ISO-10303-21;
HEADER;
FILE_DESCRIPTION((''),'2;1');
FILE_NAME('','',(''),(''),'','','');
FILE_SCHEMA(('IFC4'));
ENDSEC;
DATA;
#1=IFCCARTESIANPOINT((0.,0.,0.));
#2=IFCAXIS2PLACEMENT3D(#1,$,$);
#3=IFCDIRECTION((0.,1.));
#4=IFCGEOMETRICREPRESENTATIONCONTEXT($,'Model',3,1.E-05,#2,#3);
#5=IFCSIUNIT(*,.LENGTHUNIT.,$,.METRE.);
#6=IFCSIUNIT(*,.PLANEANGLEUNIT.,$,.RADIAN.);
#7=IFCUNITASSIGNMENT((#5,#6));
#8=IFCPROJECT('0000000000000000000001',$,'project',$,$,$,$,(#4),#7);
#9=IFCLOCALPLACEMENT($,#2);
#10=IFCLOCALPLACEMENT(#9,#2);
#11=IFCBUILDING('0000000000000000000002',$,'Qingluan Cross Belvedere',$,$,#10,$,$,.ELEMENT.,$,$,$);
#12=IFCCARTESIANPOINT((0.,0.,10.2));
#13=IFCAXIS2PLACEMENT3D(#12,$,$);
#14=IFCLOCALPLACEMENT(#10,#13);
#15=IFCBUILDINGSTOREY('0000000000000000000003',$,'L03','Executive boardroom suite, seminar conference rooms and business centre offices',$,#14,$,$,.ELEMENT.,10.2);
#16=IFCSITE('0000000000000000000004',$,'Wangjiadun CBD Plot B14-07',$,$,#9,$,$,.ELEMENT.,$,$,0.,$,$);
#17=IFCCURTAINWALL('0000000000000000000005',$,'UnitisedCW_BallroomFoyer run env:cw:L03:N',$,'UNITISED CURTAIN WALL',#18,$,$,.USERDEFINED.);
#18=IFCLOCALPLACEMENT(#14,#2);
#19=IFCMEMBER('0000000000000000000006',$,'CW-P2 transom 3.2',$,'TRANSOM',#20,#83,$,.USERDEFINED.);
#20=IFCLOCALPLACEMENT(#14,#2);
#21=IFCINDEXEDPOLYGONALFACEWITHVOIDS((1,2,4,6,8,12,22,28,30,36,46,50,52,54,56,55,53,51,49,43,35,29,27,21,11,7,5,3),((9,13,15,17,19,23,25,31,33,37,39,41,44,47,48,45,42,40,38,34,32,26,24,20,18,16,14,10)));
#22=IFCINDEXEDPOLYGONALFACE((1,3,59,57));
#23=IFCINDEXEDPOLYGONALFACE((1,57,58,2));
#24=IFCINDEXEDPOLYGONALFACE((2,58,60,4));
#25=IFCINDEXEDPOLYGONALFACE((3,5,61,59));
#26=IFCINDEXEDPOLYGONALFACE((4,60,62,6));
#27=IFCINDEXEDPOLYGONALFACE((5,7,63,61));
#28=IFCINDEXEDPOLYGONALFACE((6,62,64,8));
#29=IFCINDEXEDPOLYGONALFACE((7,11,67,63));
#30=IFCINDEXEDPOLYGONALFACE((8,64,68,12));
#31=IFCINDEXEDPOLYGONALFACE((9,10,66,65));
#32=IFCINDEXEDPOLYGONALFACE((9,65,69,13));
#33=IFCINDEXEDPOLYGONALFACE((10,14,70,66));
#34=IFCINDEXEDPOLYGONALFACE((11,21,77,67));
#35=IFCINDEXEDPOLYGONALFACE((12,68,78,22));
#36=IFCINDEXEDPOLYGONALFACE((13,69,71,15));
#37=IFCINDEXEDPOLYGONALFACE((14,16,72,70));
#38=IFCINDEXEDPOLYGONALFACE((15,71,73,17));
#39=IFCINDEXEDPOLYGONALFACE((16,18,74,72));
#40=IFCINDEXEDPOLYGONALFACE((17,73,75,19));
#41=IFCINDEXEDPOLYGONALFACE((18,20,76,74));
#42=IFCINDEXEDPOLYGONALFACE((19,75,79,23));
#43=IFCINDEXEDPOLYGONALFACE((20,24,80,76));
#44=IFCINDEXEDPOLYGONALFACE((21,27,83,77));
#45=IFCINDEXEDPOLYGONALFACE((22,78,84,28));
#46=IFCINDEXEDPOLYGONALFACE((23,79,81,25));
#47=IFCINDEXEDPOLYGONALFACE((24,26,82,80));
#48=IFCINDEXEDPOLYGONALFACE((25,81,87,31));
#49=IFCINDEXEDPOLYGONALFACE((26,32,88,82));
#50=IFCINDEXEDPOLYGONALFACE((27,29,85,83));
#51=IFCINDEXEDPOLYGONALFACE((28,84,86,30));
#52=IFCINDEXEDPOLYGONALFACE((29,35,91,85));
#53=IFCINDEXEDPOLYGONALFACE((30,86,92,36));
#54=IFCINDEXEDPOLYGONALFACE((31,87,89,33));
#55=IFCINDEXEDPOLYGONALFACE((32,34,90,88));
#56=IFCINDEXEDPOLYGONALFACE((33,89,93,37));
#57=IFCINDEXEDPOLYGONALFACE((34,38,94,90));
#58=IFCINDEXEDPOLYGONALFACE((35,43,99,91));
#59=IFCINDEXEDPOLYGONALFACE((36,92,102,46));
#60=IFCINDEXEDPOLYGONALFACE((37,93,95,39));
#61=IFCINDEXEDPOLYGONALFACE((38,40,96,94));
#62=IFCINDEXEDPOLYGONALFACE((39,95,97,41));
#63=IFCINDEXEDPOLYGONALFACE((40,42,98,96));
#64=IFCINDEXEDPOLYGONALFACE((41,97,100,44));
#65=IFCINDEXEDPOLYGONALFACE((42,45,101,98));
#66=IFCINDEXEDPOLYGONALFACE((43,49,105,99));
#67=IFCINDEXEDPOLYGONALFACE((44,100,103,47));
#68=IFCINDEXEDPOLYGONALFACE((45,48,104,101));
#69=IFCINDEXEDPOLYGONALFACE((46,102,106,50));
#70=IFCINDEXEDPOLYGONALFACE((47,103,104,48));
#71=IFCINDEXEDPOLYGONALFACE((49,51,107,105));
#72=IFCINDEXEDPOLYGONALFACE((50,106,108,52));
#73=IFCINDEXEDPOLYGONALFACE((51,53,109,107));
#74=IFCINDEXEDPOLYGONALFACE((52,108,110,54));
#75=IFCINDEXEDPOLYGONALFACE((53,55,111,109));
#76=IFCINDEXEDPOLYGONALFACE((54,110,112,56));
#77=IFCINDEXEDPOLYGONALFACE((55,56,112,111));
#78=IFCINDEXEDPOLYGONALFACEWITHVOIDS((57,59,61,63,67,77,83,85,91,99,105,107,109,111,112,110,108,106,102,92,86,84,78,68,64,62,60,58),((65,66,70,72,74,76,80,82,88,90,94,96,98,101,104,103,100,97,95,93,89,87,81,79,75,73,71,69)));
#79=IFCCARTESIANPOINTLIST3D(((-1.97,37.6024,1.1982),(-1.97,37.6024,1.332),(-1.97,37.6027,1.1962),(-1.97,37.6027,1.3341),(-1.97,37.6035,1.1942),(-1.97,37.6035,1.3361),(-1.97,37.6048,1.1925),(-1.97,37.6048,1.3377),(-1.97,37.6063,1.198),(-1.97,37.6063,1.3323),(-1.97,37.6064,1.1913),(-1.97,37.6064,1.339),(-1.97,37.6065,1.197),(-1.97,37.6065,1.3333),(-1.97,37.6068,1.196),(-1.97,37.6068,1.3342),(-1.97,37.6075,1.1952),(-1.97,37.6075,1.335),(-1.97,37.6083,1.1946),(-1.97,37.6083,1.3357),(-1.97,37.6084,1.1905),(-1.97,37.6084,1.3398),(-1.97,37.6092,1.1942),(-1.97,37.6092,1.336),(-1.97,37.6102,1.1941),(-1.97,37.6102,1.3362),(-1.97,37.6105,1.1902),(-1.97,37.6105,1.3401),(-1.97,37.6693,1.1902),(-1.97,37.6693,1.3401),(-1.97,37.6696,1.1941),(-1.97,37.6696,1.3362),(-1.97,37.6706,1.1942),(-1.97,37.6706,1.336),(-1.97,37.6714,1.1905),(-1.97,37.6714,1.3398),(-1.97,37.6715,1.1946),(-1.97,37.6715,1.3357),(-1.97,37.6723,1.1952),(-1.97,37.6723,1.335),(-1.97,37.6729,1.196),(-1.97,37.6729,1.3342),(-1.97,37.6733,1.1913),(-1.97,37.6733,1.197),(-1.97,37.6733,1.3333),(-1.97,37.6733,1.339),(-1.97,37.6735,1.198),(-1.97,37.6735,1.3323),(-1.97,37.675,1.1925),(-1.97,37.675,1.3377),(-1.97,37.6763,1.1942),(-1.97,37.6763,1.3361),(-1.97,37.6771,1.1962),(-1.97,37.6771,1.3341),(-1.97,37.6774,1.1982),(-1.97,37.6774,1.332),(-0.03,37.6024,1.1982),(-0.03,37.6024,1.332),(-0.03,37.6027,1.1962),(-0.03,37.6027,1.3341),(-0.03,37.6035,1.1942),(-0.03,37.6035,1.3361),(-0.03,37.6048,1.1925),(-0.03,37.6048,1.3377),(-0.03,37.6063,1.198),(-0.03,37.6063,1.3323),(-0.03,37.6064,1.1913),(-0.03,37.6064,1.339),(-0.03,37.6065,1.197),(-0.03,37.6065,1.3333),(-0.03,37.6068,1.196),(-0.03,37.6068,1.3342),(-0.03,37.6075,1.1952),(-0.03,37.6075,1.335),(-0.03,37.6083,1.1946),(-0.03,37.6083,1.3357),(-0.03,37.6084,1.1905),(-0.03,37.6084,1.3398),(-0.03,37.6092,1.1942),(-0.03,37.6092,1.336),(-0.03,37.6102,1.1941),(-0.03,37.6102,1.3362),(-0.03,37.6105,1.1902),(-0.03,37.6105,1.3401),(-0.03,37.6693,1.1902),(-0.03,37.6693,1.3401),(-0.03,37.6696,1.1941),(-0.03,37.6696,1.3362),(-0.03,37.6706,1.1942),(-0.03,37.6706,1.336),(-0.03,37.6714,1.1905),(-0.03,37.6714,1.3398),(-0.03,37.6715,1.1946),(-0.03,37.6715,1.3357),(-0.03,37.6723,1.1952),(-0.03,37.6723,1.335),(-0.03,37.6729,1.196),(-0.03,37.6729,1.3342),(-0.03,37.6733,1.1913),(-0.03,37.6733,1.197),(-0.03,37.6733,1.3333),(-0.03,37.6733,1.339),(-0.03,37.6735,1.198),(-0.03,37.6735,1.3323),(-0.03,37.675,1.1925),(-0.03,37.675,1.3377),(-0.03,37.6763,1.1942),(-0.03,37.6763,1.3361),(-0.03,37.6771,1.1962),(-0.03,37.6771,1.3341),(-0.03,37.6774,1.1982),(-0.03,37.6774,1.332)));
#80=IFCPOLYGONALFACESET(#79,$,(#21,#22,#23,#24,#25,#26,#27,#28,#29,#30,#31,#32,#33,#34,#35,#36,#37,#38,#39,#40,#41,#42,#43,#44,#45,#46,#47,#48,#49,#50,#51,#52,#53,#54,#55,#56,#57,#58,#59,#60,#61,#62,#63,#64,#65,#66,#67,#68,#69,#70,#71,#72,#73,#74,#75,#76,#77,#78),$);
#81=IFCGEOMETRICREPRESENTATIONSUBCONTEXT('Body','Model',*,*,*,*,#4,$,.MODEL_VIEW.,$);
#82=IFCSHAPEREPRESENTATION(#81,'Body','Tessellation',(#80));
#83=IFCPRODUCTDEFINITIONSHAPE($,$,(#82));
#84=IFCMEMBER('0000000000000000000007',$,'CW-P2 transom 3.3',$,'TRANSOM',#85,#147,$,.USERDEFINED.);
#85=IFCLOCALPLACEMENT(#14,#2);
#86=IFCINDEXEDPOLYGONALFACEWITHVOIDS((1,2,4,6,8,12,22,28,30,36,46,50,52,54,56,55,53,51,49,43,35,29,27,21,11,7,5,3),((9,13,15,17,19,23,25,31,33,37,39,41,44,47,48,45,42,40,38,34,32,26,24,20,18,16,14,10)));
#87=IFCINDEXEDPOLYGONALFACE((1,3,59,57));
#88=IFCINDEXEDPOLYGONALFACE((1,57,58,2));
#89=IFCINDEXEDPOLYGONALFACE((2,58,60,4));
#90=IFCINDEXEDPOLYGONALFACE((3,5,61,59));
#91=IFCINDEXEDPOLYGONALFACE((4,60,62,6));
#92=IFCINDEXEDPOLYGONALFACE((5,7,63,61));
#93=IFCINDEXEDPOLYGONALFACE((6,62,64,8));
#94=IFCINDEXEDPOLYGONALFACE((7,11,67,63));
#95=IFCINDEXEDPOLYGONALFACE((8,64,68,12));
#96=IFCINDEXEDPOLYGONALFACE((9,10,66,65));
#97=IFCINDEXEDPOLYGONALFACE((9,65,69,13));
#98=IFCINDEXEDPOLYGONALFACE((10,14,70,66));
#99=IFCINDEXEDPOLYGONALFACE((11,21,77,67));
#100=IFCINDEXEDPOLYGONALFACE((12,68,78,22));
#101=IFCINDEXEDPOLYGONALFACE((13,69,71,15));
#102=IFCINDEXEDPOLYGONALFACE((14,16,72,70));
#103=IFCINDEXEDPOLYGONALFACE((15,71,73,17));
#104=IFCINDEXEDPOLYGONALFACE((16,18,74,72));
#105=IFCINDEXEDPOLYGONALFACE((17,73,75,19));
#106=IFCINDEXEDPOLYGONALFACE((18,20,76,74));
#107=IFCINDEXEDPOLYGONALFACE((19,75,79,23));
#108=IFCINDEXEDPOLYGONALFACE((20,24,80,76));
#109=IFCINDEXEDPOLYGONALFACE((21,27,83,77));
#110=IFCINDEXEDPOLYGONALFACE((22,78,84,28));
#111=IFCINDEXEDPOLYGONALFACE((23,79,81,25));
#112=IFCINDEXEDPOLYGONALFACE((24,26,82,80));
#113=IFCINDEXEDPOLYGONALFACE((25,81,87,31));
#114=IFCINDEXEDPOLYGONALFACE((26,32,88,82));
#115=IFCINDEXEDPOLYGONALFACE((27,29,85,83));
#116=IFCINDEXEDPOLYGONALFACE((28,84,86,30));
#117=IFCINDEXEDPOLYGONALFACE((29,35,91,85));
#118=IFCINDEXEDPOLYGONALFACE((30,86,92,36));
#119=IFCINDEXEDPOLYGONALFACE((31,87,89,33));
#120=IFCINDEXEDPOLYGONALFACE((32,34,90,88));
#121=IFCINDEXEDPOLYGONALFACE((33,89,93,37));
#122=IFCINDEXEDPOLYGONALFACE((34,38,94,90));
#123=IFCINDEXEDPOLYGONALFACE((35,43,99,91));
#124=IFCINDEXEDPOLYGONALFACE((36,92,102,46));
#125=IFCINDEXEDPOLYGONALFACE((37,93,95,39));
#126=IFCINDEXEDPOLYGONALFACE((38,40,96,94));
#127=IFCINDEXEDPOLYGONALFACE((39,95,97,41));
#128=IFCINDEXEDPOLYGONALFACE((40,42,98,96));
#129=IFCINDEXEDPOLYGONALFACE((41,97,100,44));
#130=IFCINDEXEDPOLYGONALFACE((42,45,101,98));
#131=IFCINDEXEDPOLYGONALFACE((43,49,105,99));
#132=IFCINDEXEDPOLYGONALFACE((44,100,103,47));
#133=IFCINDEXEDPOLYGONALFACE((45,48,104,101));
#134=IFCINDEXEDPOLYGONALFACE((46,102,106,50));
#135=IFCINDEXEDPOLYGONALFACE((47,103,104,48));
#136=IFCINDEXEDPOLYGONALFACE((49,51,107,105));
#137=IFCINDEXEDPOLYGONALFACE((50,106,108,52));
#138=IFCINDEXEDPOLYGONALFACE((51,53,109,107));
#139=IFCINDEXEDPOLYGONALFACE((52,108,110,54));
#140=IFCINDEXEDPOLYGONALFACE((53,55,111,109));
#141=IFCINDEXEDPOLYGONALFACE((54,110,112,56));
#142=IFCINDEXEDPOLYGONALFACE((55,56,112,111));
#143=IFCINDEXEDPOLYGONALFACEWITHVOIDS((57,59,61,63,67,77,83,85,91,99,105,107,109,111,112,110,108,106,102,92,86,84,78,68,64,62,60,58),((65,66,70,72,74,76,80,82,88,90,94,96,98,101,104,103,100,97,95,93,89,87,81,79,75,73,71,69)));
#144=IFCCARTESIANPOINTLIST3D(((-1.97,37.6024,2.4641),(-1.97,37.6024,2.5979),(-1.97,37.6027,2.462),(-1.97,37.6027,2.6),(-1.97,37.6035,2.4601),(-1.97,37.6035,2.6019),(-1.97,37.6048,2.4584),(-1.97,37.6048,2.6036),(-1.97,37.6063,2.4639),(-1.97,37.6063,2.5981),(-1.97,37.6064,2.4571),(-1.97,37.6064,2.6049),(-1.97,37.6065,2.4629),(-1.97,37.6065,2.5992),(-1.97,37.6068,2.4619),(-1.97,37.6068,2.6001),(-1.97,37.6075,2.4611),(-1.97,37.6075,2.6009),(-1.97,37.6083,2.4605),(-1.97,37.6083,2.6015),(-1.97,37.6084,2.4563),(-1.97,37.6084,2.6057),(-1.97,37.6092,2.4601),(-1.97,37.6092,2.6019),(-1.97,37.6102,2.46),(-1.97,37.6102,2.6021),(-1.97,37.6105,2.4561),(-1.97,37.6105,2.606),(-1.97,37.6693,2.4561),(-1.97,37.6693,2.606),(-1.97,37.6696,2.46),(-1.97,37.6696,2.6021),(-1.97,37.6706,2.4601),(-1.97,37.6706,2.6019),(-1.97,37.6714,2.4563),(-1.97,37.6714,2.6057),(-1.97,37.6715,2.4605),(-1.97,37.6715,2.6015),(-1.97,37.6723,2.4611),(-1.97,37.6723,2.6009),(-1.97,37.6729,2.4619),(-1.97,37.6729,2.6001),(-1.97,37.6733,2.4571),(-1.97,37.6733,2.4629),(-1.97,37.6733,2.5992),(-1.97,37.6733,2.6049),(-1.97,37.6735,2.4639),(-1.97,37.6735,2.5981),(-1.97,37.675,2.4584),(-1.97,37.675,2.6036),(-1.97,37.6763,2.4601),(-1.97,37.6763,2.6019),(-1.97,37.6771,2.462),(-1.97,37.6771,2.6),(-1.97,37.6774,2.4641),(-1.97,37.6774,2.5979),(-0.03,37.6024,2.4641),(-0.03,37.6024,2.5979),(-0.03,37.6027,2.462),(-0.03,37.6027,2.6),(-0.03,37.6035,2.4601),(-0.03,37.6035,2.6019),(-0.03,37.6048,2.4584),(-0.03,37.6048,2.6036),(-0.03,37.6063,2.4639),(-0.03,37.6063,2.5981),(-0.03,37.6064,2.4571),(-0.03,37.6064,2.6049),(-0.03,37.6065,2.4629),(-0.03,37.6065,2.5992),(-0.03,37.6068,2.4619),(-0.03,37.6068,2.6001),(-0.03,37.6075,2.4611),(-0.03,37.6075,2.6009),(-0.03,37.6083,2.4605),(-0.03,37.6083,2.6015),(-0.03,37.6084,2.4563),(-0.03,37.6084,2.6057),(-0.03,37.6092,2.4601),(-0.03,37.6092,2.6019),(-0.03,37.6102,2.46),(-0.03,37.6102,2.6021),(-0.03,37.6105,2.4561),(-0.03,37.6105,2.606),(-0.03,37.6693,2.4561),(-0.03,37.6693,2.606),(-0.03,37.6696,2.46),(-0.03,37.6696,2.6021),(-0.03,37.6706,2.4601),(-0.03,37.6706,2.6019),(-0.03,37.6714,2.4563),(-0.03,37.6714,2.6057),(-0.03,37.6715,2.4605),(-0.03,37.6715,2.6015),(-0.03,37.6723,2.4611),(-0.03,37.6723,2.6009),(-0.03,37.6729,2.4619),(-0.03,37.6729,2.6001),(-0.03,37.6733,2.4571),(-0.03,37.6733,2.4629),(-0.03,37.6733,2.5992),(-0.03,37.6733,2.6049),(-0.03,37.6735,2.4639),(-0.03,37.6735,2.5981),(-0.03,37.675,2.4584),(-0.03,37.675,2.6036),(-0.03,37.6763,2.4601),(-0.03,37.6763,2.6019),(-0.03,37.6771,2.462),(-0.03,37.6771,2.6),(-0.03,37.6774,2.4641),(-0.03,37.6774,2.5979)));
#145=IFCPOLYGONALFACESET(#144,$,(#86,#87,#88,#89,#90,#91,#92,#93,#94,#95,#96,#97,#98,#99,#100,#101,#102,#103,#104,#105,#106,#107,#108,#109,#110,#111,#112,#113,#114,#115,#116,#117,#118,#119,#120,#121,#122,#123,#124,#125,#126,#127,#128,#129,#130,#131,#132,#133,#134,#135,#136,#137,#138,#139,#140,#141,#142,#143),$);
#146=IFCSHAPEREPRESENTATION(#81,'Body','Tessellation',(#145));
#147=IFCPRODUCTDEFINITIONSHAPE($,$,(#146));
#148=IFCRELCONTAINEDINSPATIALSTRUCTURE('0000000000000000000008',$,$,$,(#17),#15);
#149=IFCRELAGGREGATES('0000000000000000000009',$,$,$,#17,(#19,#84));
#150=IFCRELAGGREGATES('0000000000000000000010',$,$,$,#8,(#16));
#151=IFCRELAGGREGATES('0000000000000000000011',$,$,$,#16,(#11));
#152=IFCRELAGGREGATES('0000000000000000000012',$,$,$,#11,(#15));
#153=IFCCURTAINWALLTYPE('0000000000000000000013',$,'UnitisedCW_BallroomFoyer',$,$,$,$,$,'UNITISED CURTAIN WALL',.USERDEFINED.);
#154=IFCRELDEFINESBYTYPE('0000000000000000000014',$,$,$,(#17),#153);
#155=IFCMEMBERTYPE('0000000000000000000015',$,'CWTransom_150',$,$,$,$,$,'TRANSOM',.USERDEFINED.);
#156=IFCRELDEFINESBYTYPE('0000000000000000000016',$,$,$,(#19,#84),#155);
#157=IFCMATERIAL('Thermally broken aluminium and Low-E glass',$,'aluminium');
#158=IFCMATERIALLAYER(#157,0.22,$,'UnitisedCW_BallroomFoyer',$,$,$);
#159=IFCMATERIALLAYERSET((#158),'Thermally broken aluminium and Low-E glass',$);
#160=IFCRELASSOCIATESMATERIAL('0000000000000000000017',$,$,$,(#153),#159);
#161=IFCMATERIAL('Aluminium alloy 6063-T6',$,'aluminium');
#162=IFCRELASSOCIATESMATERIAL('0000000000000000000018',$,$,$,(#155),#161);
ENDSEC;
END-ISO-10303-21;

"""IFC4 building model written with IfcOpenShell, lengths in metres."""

from ifc_helpers import new_model, si_unit, direction, frame, origin, origin_2d, place, context, subcontext, project, spatial, hollow_rectangle, extrude, material, layer, layer_set, material_profile, profile_set, type_object, element, aggregate, save


model = new_model("IFC4")

# Units and contexts
model_context = context("Model", 3, precision=1e-05, world=origin(), true_north=direction((0.0, 1.0)))
body_context = subcontext(model_context, "Body", "Model", "MODEL_VIEW")
ifc_project = project(units=[si_unit("LENGTHUNIT", "METRE"), si_unit("PLANEANGLEUNIT", "RADIAN")], contexts=[model_context])

# Site, building, storey
site_placement = place(None, origin())
site = spatial("IfcSite", under=ifc_project, at=site_placement, Name="Wangjiadun CBD Plot B14-07", CompositionType="ELEMENT", RefElevation=0.0)
building_placement = place(site_placement, origin())
building = spatial("IfcBuilding", under=site, at=building_placement, Name="Qingluan Cross Belvedere", CompositionType="ELEMENT")
storey_placement = place(building_placement, frame((0.0, 0.0, 10.2)))
storey = spatial("IfcBuildingStorey", under=building, at=storey_placement, Name="L03", Description="Executive boardroom suite, seminar conference rooms and business centre offices", CompositionType="ELEMENT", Elevation=10.2)

# Curtain wall, members
ifc_material_1 = material(Name="Thermally broken aluminium and Low-E glass", Category="aluminium")
ifc_layer_1 = layer(ifc_material_1, 0.22, Name="UnitisedCW_BallroomFoyer")
ifc_layer_set_1 = layer_set([ifc_layer_1], Name="Thermally broken aluminium and Low-E glass")
curtain_wall_type = type_object("IfcCurtainWallType", Name="UnitisedCW_BallroomFoyer", ElementType="UNITISED CURTAIN WALL", PredefinedType="USERDEFINED", material=ifc_layer_set_1)
curtain_wall_placement = place(storey_placement, origin())
curtain_wall = element("IfcCurtainWall", 1, at=curtain_wall_placement, inside=storey, type_object=curtain_wall_type, Name="UnitisedCW_BallroomFoyer run env:cw:L03:N", ObjectType="UNITISED CURTAIN WALL", PredefinedType="USERDEFINED")
ifc_material_2 = material(Name="Aluminium alloy 6063-T6", Category="aluminium")
ifc_material_profile_1 = material_profile(ifc_material_2, hollow_rectangle(XDim=0.075, YDim=0.1499, WallThickness=0.0039, InnerFilletRadius=0.0039, OuterFilletRadius=0.0081, at=origin_2d()), Name="CWT150x75x4")
ifc_profile_set_1 = profile_set([ifc_material_profile_1], Name="Aluminium alloy 6063-T6")
member_type_1 = type_object("IfcMemberType", Name="CWTransom_150", ElementType="TRANSOM", PredefinedType="USERDEFINED", material=ifc_profile_set_1)
member_1_placement = place(storey_placement, frame((-1.97, 37.6399, 1.2651), z_axis=(1.0, 0.0, 0.0), x_axis=(0.0, 1.0, 0.0)))
member_1 = element("IfcMember", 2, at=member_1_placement, type_object=member_type_1, Name="CW-P2 transom 3.2", ObjectType="TRANSOM", PredefinedType="USERDEFINED", context=body_context, shape_type="SweptSolid", body=[
    extrude(hollow_rectangle(XDim=0.075, YDim=0.1499, WallThickness=0.0039, InnerFilletRadius=0.0039, OuterFilletRadius=0.0081, at=origin_2d()), origin(), (0.0, 0.0, 1.0), 1.9399),
])
member_2_placement = place(storey_placement, frame((-1.97, 37.6399, 2.531), z_axis=(1.0, 0.0, 0.0), x_axis=(0.0, 1.0, 0.0)))
member_2 = element("IfcMember", 3, at=member_2_placement, type_object=member_type_1, Name="CW-P2 transom 3.3", ObjectType="TRANSOM", PredefinedType="USERDEFINED", context=body_context, shape_type="SweptSolid", body=[
    extrude(hollow_rectangle(XDim=0.075, YDim=0.1499, WallThickness=0.0039, InnerFilletRadius=0.0039, OuterFilletRadius=0.0081, at=origin_2d()), origin(), (0.0, 0.0, 1.0), 1.9399),
])

aggregate(curtain_wall, [member_1, member_2])

save(model, "model.ifc")
